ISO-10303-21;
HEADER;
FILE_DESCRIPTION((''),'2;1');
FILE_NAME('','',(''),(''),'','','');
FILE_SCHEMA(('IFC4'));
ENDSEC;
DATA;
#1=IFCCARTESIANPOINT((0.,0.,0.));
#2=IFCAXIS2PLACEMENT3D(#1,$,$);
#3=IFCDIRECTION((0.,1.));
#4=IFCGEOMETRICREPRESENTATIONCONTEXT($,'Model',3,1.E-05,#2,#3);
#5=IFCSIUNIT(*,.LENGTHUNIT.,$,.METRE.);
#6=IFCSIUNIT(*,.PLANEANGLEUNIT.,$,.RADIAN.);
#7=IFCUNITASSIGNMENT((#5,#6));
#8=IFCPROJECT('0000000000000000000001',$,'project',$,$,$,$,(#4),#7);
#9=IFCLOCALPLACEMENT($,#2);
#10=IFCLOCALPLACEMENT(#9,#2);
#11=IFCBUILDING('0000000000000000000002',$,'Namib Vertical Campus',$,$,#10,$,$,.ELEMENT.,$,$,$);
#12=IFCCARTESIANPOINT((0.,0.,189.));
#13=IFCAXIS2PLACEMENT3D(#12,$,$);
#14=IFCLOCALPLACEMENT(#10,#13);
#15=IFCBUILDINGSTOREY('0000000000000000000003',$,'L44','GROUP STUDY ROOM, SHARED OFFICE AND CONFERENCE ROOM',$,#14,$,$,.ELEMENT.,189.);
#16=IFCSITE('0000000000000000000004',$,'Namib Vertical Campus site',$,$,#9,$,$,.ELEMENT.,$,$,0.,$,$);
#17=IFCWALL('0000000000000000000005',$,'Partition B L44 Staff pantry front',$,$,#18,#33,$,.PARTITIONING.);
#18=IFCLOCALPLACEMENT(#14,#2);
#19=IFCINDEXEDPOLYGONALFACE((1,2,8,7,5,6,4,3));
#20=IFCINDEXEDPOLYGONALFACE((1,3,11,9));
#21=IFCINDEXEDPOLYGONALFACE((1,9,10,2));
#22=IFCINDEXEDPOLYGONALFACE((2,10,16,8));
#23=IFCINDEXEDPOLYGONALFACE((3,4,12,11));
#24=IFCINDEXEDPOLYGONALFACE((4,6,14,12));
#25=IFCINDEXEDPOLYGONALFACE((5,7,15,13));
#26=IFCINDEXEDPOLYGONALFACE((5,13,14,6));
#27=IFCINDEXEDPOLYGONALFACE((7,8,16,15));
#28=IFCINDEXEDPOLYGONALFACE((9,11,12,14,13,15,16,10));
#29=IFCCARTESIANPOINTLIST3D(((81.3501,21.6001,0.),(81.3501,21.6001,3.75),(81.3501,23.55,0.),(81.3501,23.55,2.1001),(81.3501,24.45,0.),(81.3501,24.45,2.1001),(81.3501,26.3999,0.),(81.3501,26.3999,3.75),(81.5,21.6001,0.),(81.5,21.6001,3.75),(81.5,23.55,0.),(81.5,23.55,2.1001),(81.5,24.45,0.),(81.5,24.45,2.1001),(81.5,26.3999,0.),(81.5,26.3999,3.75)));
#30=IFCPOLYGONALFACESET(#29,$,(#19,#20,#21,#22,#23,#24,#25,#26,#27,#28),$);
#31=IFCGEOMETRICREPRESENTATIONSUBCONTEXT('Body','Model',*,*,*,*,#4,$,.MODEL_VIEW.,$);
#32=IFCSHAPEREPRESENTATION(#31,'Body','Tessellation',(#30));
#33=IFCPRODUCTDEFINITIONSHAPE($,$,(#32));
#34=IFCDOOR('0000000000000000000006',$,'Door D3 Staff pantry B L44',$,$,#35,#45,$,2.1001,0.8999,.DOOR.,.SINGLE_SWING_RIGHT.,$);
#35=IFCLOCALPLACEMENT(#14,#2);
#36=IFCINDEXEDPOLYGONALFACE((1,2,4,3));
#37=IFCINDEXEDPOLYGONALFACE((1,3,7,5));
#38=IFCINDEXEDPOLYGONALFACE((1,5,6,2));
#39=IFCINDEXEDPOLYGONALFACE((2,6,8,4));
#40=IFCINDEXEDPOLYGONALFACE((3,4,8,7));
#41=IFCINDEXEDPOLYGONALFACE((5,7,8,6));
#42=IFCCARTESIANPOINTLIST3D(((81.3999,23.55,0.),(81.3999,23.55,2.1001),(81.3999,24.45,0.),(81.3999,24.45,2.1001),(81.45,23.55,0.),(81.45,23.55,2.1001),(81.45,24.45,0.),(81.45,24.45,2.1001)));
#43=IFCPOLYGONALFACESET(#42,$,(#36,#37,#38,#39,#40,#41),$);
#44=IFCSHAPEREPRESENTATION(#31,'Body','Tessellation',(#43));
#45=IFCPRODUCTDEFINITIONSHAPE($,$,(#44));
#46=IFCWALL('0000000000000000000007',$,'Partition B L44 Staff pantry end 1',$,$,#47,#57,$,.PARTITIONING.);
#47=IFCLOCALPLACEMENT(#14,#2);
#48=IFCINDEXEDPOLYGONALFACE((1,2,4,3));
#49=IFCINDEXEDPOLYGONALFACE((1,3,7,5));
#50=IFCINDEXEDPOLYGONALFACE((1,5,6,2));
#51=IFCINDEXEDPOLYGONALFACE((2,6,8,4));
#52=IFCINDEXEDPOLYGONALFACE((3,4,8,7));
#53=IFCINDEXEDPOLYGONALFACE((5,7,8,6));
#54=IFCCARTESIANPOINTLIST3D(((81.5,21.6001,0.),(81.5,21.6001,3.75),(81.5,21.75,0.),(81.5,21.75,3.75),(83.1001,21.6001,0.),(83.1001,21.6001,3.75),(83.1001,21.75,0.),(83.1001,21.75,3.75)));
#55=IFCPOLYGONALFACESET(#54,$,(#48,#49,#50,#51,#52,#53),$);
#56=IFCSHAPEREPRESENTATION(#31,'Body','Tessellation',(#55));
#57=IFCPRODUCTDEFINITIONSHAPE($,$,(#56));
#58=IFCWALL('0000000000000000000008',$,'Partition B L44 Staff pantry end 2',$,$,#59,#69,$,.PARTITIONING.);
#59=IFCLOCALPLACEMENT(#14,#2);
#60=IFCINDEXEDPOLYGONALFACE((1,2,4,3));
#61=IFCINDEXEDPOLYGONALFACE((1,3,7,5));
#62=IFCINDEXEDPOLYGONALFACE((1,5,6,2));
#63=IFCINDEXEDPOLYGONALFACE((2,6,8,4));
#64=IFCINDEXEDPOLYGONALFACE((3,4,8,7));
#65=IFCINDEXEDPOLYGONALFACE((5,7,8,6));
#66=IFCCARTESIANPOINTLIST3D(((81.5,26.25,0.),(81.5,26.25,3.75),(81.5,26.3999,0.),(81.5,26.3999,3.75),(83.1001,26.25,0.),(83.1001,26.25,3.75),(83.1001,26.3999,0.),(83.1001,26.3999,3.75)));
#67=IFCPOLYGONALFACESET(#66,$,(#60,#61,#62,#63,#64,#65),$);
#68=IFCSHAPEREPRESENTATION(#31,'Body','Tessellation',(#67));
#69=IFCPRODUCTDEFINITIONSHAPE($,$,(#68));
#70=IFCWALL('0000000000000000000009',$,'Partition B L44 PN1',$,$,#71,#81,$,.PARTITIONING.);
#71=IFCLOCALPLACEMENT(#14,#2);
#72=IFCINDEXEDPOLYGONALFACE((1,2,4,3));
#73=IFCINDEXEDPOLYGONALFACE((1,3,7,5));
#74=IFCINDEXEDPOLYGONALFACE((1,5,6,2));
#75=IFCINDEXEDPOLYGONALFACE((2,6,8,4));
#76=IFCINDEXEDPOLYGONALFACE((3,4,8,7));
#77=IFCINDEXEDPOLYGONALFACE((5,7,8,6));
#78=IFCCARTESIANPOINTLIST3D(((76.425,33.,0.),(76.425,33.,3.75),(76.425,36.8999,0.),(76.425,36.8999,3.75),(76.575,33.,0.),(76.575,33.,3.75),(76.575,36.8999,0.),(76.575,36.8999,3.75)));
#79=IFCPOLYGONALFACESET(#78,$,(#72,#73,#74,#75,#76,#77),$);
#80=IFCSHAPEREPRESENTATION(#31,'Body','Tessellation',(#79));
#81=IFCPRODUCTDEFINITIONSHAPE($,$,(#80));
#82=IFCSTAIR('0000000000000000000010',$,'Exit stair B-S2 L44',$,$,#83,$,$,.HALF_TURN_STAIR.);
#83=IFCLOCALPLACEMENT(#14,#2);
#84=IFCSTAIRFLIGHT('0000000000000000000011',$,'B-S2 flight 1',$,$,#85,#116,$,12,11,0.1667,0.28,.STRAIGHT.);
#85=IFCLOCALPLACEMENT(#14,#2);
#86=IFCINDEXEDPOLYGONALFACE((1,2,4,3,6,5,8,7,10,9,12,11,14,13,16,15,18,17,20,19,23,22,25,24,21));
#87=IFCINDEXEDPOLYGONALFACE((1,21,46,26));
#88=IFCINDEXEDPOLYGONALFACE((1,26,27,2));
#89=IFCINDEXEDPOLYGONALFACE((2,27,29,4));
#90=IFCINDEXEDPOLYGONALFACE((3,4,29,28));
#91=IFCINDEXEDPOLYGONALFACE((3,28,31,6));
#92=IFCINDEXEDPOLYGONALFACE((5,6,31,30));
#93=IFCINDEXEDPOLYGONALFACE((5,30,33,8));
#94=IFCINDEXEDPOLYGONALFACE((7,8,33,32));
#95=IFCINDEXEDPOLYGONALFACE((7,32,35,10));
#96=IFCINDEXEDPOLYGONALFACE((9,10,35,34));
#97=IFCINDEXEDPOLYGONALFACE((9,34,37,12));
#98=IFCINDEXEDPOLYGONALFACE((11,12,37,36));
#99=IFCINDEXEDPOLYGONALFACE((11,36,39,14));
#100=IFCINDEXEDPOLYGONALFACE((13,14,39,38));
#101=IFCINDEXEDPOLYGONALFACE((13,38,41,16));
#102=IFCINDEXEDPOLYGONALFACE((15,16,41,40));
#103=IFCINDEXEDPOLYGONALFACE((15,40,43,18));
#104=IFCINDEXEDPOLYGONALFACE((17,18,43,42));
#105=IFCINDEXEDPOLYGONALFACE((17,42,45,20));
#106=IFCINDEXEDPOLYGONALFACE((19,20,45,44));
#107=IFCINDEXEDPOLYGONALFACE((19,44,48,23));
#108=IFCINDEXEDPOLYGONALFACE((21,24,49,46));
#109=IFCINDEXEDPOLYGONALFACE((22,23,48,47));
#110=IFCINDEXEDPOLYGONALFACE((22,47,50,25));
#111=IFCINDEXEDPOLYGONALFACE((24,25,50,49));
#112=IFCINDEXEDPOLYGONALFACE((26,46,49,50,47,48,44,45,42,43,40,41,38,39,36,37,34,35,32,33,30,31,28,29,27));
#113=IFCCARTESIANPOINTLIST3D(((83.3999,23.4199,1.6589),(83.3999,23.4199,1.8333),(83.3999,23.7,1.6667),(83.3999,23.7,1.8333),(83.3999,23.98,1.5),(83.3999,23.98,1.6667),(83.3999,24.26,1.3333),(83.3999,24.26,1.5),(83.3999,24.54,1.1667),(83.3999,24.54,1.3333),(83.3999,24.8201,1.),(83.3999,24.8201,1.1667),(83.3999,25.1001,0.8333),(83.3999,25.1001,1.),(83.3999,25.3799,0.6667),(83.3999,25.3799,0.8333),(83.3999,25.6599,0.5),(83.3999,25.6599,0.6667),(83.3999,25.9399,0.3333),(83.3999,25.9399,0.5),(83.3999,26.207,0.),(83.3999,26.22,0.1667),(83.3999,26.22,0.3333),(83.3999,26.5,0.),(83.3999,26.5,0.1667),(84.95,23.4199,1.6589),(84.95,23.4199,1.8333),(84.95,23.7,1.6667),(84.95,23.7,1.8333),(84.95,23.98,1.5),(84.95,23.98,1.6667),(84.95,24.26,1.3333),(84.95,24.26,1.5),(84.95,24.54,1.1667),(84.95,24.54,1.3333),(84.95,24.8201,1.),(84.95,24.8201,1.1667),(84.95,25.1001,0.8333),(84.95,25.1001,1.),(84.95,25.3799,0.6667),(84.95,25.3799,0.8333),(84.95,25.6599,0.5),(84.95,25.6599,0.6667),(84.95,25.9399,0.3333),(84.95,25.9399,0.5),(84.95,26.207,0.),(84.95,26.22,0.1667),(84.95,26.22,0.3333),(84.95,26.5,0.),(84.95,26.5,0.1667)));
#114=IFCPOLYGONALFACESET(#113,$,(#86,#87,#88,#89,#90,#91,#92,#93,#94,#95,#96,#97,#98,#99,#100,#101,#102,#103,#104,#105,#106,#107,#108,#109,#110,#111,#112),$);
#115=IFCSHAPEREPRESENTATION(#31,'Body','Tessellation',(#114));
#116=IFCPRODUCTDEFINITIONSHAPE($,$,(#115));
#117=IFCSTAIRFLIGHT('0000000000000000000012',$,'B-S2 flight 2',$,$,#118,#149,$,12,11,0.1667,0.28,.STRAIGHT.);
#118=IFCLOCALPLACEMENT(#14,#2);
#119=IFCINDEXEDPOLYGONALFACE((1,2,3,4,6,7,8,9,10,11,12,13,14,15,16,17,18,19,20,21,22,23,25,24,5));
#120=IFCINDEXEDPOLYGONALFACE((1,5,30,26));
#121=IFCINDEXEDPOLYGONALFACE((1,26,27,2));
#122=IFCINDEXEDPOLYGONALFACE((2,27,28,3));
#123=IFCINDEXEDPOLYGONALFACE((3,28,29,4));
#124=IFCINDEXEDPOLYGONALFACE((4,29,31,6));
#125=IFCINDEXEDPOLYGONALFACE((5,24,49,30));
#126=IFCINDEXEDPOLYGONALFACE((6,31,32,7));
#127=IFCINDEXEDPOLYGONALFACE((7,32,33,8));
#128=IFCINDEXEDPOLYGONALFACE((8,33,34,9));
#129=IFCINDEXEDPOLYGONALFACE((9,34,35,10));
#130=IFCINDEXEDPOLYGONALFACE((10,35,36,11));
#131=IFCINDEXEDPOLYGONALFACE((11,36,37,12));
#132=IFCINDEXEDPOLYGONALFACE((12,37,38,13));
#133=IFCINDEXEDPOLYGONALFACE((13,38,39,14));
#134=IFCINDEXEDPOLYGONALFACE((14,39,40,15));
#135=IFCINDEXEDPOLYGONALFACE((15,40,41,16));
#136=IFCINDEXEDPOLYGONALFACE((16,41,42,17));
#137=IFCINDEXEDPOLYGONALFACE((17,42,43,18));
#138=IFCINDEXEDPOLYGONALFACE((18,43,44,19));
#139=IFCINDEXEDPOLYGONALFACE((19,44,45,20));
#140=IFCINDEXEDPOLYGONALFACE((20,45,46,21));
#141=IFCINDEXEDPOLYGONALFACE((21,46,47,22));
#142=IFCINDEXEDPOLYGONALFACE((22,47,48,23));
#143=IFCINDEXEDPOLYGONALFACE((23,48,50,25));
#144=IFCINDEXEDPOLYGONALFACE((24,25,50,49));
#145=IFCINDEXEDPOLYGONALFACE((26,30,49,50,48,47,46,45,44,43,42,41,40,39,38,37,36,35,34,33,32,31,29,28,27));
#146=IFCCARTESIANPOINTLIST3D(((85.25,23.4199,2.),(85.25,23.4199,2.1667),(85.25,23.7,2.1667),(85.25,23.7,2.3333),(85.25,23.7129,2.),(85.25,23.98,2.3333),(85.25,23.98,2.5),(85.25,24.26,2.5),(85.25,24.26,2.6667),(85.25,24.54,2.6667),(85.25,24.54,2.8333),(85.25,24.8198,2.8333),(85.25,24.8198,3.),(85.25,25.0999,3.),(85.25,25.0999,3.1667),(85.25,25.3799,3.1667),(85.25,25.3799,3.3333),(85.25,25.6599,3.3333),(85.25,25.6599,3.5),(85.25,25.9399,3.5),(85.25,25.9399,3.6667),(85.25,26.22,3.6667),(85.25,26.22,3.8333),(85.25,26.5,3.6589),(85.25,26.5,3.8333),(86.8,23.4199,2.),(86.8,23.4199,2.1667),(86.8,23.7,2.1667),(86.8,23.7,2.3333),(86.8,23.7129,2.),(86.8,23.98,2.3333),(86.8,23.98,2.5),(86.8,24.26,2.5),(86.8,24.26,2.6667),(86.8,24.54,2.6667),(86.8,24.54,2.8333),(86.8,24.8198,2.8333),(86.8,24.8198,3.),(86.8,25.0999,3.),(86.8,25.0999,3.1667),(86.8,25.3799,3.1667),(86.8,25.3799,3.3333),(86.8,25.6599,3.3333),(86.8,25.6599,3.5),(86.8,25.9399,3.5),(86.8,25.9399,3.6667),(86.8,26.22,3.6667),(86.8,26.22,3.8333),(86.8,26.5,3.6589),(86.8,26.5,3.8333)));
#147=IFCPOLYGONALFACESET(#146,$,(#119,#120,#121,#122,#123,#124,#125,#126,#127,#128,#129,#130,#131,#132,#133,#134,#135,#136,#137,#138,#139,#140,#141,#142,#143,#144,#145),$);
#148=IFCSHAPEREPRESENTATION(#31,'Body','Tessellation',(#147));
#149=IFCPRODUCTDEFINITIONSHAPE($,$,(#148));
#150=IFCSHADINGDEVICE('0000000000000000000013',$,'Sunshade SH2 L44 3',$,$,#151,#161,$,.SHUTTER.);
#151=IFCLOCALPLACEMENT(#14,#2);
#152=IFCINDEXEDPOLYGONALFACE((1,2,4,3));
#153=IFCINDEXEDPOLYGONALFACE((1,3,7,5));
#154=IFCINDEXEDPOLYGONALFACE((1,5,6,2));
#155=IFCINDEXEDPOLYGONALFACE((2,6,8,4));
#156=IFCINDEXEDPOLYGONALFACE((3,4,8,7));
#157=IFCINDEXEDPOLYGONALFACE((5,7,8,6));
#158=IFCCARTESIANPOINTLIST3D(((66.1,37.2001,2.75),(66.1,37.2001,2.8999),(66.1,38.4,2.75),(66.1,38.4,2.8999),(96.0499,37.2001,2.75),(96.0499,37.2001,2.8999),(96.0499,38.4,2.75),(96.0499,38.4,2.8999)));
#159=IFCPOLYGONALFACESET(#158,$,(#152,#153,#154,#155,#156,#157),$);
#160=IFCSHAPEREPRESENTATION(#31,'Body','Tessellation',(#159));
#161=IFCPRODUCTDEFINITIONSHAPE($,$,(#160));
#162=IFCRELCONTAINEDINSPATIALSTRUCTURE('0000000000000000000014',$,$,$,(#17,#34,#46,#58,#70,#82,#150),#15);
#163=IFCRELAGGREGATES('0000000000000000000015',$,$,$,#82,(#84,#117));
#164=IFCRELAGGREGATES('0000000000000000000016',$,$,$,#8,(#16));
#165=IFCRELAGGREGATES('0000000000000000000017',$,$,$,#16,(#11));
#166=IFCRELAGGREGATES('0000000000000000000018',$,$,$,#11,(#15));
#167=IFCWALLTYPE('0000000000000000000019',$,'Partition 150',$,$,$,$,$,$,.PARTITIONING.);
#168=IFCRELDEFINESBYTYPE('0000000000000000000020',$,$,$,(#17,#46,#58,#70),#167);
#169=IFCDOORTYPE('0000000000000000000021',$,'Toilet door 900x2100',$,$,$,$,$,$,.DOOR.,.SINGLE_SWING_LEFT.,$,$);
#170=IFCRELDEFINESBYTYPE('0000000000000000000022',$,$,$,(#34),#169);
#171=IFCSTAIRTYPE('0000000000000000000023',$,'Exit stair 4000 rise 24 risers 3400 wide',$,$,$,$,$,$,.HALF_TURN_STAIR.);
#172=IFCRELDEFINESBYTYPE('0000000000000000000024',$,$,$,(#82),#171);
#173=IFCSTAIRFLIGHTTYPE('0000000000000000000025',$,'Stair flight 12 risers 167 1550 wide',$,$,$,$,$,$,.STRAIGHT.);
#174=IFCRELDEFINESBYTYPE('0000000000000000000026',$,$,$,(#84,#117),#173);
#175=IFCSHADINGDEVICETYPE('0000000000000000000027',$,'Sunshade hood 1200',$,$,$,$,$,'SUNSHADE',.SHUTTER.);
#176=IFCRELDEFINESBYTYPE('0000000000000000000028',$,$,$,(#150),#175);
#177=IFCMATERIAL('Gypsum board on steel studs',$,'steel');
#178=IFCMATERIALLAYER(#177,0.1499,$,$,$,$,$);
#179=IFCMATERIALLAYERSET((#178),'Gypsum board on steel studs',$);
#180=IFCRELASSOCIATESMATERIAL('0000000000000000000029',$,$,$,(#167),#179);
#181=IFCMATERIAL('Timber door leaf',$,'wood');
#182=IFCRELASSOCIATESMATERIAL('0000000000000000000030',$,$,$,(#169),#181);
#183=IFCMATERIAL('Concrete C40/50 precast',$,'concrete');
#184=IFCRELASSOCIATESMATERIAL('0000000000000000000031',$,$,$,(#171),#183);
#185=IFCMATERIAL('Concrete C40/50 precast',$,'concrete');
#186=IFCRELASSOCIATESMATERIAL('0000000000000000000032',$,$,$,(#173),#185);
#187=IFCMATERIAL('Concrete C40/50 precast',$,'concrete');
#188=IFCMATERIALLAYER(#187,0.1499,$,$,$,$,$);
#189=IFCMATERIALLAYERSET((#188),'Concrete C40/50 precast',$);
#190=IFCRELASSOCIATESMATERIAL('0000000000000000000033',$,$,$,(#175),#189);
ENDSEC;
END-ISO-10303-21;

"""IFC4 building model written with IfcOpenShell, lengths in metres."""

from ifc_helpers import new_model, si_unit, direction, frame, frame_2d, origin, origin_2d, place, context, subcontext, project, spatial, polyline, rectangle, outline, extrude, material, layer, layer_set, type_object, element, fill, aggregate, save


model = new_model("IFC4")

# Units and contexts
model_context = context("Model", 3, precision=1e-05, world=origin(), true_north=direction((0.0, 1.0)))
body_context = subcontext(model_context, "Body", "Model", "MODEL_VIEW")
ifc_project = project(units=[si_unit("LENGTHUNIT", "METRE"), si_unit("PLANEANGLEUNIT", "RADIAN")], contexts=[model_context])

# Site, building, storey
site_placement = place(None, origin())
site = spatial("IfcSite", under=ifc_project, at=site_placement, Name="Namib Vertical Campus site", CompositionType="ELEMENT", RefElevation=0.0)
building_placement = place(site_placement, origin())
building = spatial("IfcBuilding", under=site, at=building_placement, Name="Namib Vertical Campus", CompositionType="ELEMENT")
storey_placement = place(building_placement, frame((0.0, 0.0, 189.0)))
storey = spatial("IfcBuildingStorey", under=building, at=storey_placement, Name="L44", Description="GROUP STUDY ROOM, SHARED OFFICE AND CONFERENCE ROOM", CompositionType="ELEMENT", Elevation=189.0)

# Wall, opening, door
ifc_material_1 = material(Name="Gypsum board on steel studs", Category="steel")
ifc_layer_1 = layer(ifc_material_1, 0.1499)
ifc_layer_set_1 = layer_set([ifc_layer_1], Name="Gypsum board on steel studs")
wall_type_1 = type_object("IfcWallType", Name="Partition 150", PredefinedType="PARTITIONING", material=ifc_layer_set_1)
wall_1_placement = place(storey_placement, frame((81.425, 21.6001, 0.0), z_axis=(0.0, 0.0, 1.0), x_axis=(0.0, 1.0, 0.0)))
wall_1 = element("IfcWall", 1, at=wall_1_placement, inside=storey, type_object=wall_type_1, Name="Partition B L44 Staff pantry front", PredefinedType="PARTITIONING", context=body_context, shape_type="SweptSolid", body=[
    extrude(rectangle(XDim=4.7998, YDim=0.1499, at=frame_2d((2.3999, 0.0))), origin(), (0.0, 0.0, 1.0), 3.75),
])
opening_1_placement = place(wall_1_placement, frame((1.95, 0.0, 0.0)))
opening_1 = element("IfcOpeningElement", 2, at=opening_1_placement, cuts=wall_1, PredefinedType="OPENING", context=body_context, shape_type="SweptSolid", body=[
    extrude(rectangle(XDim=0.8999, YDim=2.1001, at=frame_2d((0.45, 1.05))), frame((0.0, 0.085, 0.0), z_axis=(0.0, -1.0, 0.0), x_axis=(1.0, 0.0, 0.0)), (0.0, 0.0, 1.0), 0.1699),
])
ifc_material_2 = material(Name="Timber door leaf", Category="wood")
door_type_1 = type_object("IfcDoorType", Name="Toilet door 900x2100", OperationType="SINGLE_SWING_LEFT", PredefinedType="DOOR", material=ifc_material_2)
door_1_placement = place(opening_1_placement, frame((0.8999, 0.0, 0.0), z_axis=(0.0, 0.0, 1.0), x_axis=(-1.0, 0.0, 0.0)))
door_1 = element("IfcDoor", 3, at=door_1_placement, inside=storey, type_object=door_type_1, Name="Door D3 Staff pantry B L44", OperationType="SINGLE_SWING_RIGHT", OverallHeight=2.1001, OverallWidth=0.8999, PredefinedType="DOOR", context=body_context, shape_type="SweptSolid", body=[
    extrude(rectangle(XDim=0.8999, YDim=2.1001, at=frame_2d((0.45, 1.05))), frame((0.0, 0.0249, 0.0), z_axis=(0.0, -1.0, 0.0), x_axis=(1.0, 0.0, 0.0)), (0.0, 0.0, 1.0), 0.05),
])
fill(opening_1, door_1)

# Walls
for number, where, z_axis, x_axis, name in (
    (4, (81.5, 21.675, 0.0), (0.0, 0.0, 1.0), (1.0, 0.0, 0.0), "Partition B L44 Staff pantry end 1"),
    (5, (81.5, 26.325, 0.0), (0.0, 0.0, 1.0), (1.0, 0.0, 0.0), "Partition B L44 Staff pantry end 2"),
):
    element("IfcWall", number, at=place(storey_placement, frame(where, z_axis=z_axis, x_axis=x_axis)), inside=storey, type_object=wall_type_1, Name=name, PredefinedType="PARTITIONING", context=body_context, shape_type="SweptSolid", body=[
        extrude(rectangle(XDim=1.6001, YDim=0.1499, at=frame_2d((0.8, 0.0))), origin(), (0.0, 0.0, 1.0), 3.75),
    ])
wall_2_placement = place(storey_placement, frame((76.5, 33.0, 0.0), z_axis=(0.0, 0.0, 1.0), x_axis=(0.0, 1.0, 0.0)))
element("IfcWall", 6, at=wall_2_placement, inside=storey, type_object=wall_type_1, Name="Partition B L44 PN1", PredefinedType="PARTITIONING", context=body_context, shape_type="SweptSolid", body=[
    extrude(rectangle(XDim=3.8999, YDim=0.1499, at=frame_2d((1.95, 0.0))), origin(), (0.0, 0.0, 1.0), 3.75),
])

# Stair, stair flights
ifc_material_3 = material(Name="Concrete C40/50 precast", Category="concrete")
stair_type = type_object("IfcStairType", Name="Exit stair 4000 rise 24 risers 3400 wide", PredefinedType="HALF_TURN_STAIR", material=ifc_material_3)
stair_placement = place(storey_placement, origin())
stair = element("IfcStair", 7, at=stair_placement, inside=storey, type_object=stair_type, Name="Exit stair B-S2 L44", PredefinedType="HALF_TURN_STAIR")
ifc_material_4 = material(Name="Concrete C40/50 precast", Category="concrete")
stair_flight_type = type_object("IfcStairFlightType", Name="Stair flight 12 risers 167 1550 wide", PredefinedType="STRAIGHT", material=ifc_material_4)
stair_flight_1_placement = place(storey_placement, frame((84.175, 26.5, 0.0), z_axis=(0.0, 0.0, 1.0), x_axis=(0.0, -1.0, 0.0)))
stair_flight_1 = element("IfcStairFlight", 8, at=stair_flight_1_placement, type_object=stair_flight_type, Name="B-S2 flight 1", NumberOfRisers=12, NumberOfTreads=11, PredefinedType="STRAIGHT", RiserHeight=0.1667, TreadLength=0.28, context=body_context, shape_type="SweptSolid", body=[
    extrude(outline(polyline([(0.0, 0.0), (0.0, 0.1667), (0.28, 0.1667), (0.28, 0.3333), (0.5601, 0.3333), (0.5601, 0.5), (0.8401, 0.5), (0.8401, 0.6667), (1.1201, 0.6667), (1.1201, 0.8333), (1.3999, 0.8333), (1.3999, 1.0), (1.6799, 1.0), (1.6799, 1.1667), (1.96, 1.1667), (1.96, 1.3333), (2.24, 1.3333), (2.24, 1.5), (2.52, 1.5), (2.52, 1.6667), (2.8, 1.6667), (2.8, 1.8333), (3.0801, 1.8333), (3.0801, 2.0), (3.0801, 1.6589), (0.293, 0.0), (0.0, 0.0)])), frame((0.0, 0.7749, 0.0), z_axis=(0.0, -1.0, 0.0), x_axis=(1.0, 0.0, 0.0)), (0.0, 0.0, 1.0), 1.55),
])
stair_flight_2_placement = place(storey_placement, frame((86.0249, 23.4199, 2.0), z_axis=(0.0, 0.0, 1.0), x_axis=(0.0, 1.0, 0.0)))
stair_flight_2 = element("IfcStairFlight", 9, at=stair_flight_2_placement, type_object=stair_flight_type, Name="B-S2 flight 2", NumberOfRisers=12, NumberOfTreads=11, PredefinedType="STRAIGHT", RiserHeight=0.1667, TreadLength=0.28, context=body_context, shape_type="SweptSolid", body=[
    extrude(outline(polyline([(0.0, 0.0), (0.0, 0.1667), (0.28, 0.1667), (0.28, 0.3333), (0.5601, 0.3333), (0.5601, 0.5), (0.8401, 0.5), (0.8401, 0.6667), (1.1201, 0.6667), (1.1201, 0.8333), (1.3999, 0.8333), (1.3999, 1.0), (1.6799, 1.0), (1.6799, 1.1667), (1.96, 1.1667), (1.96, 1.3333), (2.24, 1.3333), (2.24, 1.5), (2.52, 1.5), (2.52, 1.6667), (2.8, 1.6667), (2.8, 1.8333), (3.0801, 1.8333), (3.0801, 2.0), (3.0801, 1.6589), (0.293, 0.0), (0.0, 0.0)])), frame((0.0, 0.7749, 0.0), z_axis=(0.0, -1.0, 0.0), x_axis=(1.0, 0.0, 0.0)), (0.0, 0.0, 1.0), 1.55),
])
aggregate(stair, [stair_flight_1, stair_flight_2])

# Shading device
ifc_material_5 = material(Name="Concrete C40/50 precast", Category="concrete")
ifc_layer_2 = layer(ifc_material_5, 0.1499)
ifc_layer_set_2 = layer_set([ifc_layer_2], Name="Concrete C40/50 precast")
shading_device_type = type_object("IfcShadingDeviceType", Name="Sunshade hood 1200", ElementType="SUNSHADE", PredefinedType="SHUTTER", material=ifc_layer_set_2)
shading_device_placement = place(storey_placement, frame((81.075, 37.8, 2.75), z_axis=(0.0, 0.0, 1.0), x_axis=(-1.0, 0.0, 0.0)))
element("IfcShadingDevice", 10, at=shading_device_placement, inside=storey, type_object=shading_device_type, Name="Sunshade SH2 L44 3", PredefinedType="SHUTTER", context=body_context, shape_type="SweptSolid", body=[
    extrude(rectangle(XDim=29.95, YDim=1.2, at=origin_2d()), origin(), (0.0, 0.0, 1.0), 0.1499),
])

save(model, "model.ifc")
